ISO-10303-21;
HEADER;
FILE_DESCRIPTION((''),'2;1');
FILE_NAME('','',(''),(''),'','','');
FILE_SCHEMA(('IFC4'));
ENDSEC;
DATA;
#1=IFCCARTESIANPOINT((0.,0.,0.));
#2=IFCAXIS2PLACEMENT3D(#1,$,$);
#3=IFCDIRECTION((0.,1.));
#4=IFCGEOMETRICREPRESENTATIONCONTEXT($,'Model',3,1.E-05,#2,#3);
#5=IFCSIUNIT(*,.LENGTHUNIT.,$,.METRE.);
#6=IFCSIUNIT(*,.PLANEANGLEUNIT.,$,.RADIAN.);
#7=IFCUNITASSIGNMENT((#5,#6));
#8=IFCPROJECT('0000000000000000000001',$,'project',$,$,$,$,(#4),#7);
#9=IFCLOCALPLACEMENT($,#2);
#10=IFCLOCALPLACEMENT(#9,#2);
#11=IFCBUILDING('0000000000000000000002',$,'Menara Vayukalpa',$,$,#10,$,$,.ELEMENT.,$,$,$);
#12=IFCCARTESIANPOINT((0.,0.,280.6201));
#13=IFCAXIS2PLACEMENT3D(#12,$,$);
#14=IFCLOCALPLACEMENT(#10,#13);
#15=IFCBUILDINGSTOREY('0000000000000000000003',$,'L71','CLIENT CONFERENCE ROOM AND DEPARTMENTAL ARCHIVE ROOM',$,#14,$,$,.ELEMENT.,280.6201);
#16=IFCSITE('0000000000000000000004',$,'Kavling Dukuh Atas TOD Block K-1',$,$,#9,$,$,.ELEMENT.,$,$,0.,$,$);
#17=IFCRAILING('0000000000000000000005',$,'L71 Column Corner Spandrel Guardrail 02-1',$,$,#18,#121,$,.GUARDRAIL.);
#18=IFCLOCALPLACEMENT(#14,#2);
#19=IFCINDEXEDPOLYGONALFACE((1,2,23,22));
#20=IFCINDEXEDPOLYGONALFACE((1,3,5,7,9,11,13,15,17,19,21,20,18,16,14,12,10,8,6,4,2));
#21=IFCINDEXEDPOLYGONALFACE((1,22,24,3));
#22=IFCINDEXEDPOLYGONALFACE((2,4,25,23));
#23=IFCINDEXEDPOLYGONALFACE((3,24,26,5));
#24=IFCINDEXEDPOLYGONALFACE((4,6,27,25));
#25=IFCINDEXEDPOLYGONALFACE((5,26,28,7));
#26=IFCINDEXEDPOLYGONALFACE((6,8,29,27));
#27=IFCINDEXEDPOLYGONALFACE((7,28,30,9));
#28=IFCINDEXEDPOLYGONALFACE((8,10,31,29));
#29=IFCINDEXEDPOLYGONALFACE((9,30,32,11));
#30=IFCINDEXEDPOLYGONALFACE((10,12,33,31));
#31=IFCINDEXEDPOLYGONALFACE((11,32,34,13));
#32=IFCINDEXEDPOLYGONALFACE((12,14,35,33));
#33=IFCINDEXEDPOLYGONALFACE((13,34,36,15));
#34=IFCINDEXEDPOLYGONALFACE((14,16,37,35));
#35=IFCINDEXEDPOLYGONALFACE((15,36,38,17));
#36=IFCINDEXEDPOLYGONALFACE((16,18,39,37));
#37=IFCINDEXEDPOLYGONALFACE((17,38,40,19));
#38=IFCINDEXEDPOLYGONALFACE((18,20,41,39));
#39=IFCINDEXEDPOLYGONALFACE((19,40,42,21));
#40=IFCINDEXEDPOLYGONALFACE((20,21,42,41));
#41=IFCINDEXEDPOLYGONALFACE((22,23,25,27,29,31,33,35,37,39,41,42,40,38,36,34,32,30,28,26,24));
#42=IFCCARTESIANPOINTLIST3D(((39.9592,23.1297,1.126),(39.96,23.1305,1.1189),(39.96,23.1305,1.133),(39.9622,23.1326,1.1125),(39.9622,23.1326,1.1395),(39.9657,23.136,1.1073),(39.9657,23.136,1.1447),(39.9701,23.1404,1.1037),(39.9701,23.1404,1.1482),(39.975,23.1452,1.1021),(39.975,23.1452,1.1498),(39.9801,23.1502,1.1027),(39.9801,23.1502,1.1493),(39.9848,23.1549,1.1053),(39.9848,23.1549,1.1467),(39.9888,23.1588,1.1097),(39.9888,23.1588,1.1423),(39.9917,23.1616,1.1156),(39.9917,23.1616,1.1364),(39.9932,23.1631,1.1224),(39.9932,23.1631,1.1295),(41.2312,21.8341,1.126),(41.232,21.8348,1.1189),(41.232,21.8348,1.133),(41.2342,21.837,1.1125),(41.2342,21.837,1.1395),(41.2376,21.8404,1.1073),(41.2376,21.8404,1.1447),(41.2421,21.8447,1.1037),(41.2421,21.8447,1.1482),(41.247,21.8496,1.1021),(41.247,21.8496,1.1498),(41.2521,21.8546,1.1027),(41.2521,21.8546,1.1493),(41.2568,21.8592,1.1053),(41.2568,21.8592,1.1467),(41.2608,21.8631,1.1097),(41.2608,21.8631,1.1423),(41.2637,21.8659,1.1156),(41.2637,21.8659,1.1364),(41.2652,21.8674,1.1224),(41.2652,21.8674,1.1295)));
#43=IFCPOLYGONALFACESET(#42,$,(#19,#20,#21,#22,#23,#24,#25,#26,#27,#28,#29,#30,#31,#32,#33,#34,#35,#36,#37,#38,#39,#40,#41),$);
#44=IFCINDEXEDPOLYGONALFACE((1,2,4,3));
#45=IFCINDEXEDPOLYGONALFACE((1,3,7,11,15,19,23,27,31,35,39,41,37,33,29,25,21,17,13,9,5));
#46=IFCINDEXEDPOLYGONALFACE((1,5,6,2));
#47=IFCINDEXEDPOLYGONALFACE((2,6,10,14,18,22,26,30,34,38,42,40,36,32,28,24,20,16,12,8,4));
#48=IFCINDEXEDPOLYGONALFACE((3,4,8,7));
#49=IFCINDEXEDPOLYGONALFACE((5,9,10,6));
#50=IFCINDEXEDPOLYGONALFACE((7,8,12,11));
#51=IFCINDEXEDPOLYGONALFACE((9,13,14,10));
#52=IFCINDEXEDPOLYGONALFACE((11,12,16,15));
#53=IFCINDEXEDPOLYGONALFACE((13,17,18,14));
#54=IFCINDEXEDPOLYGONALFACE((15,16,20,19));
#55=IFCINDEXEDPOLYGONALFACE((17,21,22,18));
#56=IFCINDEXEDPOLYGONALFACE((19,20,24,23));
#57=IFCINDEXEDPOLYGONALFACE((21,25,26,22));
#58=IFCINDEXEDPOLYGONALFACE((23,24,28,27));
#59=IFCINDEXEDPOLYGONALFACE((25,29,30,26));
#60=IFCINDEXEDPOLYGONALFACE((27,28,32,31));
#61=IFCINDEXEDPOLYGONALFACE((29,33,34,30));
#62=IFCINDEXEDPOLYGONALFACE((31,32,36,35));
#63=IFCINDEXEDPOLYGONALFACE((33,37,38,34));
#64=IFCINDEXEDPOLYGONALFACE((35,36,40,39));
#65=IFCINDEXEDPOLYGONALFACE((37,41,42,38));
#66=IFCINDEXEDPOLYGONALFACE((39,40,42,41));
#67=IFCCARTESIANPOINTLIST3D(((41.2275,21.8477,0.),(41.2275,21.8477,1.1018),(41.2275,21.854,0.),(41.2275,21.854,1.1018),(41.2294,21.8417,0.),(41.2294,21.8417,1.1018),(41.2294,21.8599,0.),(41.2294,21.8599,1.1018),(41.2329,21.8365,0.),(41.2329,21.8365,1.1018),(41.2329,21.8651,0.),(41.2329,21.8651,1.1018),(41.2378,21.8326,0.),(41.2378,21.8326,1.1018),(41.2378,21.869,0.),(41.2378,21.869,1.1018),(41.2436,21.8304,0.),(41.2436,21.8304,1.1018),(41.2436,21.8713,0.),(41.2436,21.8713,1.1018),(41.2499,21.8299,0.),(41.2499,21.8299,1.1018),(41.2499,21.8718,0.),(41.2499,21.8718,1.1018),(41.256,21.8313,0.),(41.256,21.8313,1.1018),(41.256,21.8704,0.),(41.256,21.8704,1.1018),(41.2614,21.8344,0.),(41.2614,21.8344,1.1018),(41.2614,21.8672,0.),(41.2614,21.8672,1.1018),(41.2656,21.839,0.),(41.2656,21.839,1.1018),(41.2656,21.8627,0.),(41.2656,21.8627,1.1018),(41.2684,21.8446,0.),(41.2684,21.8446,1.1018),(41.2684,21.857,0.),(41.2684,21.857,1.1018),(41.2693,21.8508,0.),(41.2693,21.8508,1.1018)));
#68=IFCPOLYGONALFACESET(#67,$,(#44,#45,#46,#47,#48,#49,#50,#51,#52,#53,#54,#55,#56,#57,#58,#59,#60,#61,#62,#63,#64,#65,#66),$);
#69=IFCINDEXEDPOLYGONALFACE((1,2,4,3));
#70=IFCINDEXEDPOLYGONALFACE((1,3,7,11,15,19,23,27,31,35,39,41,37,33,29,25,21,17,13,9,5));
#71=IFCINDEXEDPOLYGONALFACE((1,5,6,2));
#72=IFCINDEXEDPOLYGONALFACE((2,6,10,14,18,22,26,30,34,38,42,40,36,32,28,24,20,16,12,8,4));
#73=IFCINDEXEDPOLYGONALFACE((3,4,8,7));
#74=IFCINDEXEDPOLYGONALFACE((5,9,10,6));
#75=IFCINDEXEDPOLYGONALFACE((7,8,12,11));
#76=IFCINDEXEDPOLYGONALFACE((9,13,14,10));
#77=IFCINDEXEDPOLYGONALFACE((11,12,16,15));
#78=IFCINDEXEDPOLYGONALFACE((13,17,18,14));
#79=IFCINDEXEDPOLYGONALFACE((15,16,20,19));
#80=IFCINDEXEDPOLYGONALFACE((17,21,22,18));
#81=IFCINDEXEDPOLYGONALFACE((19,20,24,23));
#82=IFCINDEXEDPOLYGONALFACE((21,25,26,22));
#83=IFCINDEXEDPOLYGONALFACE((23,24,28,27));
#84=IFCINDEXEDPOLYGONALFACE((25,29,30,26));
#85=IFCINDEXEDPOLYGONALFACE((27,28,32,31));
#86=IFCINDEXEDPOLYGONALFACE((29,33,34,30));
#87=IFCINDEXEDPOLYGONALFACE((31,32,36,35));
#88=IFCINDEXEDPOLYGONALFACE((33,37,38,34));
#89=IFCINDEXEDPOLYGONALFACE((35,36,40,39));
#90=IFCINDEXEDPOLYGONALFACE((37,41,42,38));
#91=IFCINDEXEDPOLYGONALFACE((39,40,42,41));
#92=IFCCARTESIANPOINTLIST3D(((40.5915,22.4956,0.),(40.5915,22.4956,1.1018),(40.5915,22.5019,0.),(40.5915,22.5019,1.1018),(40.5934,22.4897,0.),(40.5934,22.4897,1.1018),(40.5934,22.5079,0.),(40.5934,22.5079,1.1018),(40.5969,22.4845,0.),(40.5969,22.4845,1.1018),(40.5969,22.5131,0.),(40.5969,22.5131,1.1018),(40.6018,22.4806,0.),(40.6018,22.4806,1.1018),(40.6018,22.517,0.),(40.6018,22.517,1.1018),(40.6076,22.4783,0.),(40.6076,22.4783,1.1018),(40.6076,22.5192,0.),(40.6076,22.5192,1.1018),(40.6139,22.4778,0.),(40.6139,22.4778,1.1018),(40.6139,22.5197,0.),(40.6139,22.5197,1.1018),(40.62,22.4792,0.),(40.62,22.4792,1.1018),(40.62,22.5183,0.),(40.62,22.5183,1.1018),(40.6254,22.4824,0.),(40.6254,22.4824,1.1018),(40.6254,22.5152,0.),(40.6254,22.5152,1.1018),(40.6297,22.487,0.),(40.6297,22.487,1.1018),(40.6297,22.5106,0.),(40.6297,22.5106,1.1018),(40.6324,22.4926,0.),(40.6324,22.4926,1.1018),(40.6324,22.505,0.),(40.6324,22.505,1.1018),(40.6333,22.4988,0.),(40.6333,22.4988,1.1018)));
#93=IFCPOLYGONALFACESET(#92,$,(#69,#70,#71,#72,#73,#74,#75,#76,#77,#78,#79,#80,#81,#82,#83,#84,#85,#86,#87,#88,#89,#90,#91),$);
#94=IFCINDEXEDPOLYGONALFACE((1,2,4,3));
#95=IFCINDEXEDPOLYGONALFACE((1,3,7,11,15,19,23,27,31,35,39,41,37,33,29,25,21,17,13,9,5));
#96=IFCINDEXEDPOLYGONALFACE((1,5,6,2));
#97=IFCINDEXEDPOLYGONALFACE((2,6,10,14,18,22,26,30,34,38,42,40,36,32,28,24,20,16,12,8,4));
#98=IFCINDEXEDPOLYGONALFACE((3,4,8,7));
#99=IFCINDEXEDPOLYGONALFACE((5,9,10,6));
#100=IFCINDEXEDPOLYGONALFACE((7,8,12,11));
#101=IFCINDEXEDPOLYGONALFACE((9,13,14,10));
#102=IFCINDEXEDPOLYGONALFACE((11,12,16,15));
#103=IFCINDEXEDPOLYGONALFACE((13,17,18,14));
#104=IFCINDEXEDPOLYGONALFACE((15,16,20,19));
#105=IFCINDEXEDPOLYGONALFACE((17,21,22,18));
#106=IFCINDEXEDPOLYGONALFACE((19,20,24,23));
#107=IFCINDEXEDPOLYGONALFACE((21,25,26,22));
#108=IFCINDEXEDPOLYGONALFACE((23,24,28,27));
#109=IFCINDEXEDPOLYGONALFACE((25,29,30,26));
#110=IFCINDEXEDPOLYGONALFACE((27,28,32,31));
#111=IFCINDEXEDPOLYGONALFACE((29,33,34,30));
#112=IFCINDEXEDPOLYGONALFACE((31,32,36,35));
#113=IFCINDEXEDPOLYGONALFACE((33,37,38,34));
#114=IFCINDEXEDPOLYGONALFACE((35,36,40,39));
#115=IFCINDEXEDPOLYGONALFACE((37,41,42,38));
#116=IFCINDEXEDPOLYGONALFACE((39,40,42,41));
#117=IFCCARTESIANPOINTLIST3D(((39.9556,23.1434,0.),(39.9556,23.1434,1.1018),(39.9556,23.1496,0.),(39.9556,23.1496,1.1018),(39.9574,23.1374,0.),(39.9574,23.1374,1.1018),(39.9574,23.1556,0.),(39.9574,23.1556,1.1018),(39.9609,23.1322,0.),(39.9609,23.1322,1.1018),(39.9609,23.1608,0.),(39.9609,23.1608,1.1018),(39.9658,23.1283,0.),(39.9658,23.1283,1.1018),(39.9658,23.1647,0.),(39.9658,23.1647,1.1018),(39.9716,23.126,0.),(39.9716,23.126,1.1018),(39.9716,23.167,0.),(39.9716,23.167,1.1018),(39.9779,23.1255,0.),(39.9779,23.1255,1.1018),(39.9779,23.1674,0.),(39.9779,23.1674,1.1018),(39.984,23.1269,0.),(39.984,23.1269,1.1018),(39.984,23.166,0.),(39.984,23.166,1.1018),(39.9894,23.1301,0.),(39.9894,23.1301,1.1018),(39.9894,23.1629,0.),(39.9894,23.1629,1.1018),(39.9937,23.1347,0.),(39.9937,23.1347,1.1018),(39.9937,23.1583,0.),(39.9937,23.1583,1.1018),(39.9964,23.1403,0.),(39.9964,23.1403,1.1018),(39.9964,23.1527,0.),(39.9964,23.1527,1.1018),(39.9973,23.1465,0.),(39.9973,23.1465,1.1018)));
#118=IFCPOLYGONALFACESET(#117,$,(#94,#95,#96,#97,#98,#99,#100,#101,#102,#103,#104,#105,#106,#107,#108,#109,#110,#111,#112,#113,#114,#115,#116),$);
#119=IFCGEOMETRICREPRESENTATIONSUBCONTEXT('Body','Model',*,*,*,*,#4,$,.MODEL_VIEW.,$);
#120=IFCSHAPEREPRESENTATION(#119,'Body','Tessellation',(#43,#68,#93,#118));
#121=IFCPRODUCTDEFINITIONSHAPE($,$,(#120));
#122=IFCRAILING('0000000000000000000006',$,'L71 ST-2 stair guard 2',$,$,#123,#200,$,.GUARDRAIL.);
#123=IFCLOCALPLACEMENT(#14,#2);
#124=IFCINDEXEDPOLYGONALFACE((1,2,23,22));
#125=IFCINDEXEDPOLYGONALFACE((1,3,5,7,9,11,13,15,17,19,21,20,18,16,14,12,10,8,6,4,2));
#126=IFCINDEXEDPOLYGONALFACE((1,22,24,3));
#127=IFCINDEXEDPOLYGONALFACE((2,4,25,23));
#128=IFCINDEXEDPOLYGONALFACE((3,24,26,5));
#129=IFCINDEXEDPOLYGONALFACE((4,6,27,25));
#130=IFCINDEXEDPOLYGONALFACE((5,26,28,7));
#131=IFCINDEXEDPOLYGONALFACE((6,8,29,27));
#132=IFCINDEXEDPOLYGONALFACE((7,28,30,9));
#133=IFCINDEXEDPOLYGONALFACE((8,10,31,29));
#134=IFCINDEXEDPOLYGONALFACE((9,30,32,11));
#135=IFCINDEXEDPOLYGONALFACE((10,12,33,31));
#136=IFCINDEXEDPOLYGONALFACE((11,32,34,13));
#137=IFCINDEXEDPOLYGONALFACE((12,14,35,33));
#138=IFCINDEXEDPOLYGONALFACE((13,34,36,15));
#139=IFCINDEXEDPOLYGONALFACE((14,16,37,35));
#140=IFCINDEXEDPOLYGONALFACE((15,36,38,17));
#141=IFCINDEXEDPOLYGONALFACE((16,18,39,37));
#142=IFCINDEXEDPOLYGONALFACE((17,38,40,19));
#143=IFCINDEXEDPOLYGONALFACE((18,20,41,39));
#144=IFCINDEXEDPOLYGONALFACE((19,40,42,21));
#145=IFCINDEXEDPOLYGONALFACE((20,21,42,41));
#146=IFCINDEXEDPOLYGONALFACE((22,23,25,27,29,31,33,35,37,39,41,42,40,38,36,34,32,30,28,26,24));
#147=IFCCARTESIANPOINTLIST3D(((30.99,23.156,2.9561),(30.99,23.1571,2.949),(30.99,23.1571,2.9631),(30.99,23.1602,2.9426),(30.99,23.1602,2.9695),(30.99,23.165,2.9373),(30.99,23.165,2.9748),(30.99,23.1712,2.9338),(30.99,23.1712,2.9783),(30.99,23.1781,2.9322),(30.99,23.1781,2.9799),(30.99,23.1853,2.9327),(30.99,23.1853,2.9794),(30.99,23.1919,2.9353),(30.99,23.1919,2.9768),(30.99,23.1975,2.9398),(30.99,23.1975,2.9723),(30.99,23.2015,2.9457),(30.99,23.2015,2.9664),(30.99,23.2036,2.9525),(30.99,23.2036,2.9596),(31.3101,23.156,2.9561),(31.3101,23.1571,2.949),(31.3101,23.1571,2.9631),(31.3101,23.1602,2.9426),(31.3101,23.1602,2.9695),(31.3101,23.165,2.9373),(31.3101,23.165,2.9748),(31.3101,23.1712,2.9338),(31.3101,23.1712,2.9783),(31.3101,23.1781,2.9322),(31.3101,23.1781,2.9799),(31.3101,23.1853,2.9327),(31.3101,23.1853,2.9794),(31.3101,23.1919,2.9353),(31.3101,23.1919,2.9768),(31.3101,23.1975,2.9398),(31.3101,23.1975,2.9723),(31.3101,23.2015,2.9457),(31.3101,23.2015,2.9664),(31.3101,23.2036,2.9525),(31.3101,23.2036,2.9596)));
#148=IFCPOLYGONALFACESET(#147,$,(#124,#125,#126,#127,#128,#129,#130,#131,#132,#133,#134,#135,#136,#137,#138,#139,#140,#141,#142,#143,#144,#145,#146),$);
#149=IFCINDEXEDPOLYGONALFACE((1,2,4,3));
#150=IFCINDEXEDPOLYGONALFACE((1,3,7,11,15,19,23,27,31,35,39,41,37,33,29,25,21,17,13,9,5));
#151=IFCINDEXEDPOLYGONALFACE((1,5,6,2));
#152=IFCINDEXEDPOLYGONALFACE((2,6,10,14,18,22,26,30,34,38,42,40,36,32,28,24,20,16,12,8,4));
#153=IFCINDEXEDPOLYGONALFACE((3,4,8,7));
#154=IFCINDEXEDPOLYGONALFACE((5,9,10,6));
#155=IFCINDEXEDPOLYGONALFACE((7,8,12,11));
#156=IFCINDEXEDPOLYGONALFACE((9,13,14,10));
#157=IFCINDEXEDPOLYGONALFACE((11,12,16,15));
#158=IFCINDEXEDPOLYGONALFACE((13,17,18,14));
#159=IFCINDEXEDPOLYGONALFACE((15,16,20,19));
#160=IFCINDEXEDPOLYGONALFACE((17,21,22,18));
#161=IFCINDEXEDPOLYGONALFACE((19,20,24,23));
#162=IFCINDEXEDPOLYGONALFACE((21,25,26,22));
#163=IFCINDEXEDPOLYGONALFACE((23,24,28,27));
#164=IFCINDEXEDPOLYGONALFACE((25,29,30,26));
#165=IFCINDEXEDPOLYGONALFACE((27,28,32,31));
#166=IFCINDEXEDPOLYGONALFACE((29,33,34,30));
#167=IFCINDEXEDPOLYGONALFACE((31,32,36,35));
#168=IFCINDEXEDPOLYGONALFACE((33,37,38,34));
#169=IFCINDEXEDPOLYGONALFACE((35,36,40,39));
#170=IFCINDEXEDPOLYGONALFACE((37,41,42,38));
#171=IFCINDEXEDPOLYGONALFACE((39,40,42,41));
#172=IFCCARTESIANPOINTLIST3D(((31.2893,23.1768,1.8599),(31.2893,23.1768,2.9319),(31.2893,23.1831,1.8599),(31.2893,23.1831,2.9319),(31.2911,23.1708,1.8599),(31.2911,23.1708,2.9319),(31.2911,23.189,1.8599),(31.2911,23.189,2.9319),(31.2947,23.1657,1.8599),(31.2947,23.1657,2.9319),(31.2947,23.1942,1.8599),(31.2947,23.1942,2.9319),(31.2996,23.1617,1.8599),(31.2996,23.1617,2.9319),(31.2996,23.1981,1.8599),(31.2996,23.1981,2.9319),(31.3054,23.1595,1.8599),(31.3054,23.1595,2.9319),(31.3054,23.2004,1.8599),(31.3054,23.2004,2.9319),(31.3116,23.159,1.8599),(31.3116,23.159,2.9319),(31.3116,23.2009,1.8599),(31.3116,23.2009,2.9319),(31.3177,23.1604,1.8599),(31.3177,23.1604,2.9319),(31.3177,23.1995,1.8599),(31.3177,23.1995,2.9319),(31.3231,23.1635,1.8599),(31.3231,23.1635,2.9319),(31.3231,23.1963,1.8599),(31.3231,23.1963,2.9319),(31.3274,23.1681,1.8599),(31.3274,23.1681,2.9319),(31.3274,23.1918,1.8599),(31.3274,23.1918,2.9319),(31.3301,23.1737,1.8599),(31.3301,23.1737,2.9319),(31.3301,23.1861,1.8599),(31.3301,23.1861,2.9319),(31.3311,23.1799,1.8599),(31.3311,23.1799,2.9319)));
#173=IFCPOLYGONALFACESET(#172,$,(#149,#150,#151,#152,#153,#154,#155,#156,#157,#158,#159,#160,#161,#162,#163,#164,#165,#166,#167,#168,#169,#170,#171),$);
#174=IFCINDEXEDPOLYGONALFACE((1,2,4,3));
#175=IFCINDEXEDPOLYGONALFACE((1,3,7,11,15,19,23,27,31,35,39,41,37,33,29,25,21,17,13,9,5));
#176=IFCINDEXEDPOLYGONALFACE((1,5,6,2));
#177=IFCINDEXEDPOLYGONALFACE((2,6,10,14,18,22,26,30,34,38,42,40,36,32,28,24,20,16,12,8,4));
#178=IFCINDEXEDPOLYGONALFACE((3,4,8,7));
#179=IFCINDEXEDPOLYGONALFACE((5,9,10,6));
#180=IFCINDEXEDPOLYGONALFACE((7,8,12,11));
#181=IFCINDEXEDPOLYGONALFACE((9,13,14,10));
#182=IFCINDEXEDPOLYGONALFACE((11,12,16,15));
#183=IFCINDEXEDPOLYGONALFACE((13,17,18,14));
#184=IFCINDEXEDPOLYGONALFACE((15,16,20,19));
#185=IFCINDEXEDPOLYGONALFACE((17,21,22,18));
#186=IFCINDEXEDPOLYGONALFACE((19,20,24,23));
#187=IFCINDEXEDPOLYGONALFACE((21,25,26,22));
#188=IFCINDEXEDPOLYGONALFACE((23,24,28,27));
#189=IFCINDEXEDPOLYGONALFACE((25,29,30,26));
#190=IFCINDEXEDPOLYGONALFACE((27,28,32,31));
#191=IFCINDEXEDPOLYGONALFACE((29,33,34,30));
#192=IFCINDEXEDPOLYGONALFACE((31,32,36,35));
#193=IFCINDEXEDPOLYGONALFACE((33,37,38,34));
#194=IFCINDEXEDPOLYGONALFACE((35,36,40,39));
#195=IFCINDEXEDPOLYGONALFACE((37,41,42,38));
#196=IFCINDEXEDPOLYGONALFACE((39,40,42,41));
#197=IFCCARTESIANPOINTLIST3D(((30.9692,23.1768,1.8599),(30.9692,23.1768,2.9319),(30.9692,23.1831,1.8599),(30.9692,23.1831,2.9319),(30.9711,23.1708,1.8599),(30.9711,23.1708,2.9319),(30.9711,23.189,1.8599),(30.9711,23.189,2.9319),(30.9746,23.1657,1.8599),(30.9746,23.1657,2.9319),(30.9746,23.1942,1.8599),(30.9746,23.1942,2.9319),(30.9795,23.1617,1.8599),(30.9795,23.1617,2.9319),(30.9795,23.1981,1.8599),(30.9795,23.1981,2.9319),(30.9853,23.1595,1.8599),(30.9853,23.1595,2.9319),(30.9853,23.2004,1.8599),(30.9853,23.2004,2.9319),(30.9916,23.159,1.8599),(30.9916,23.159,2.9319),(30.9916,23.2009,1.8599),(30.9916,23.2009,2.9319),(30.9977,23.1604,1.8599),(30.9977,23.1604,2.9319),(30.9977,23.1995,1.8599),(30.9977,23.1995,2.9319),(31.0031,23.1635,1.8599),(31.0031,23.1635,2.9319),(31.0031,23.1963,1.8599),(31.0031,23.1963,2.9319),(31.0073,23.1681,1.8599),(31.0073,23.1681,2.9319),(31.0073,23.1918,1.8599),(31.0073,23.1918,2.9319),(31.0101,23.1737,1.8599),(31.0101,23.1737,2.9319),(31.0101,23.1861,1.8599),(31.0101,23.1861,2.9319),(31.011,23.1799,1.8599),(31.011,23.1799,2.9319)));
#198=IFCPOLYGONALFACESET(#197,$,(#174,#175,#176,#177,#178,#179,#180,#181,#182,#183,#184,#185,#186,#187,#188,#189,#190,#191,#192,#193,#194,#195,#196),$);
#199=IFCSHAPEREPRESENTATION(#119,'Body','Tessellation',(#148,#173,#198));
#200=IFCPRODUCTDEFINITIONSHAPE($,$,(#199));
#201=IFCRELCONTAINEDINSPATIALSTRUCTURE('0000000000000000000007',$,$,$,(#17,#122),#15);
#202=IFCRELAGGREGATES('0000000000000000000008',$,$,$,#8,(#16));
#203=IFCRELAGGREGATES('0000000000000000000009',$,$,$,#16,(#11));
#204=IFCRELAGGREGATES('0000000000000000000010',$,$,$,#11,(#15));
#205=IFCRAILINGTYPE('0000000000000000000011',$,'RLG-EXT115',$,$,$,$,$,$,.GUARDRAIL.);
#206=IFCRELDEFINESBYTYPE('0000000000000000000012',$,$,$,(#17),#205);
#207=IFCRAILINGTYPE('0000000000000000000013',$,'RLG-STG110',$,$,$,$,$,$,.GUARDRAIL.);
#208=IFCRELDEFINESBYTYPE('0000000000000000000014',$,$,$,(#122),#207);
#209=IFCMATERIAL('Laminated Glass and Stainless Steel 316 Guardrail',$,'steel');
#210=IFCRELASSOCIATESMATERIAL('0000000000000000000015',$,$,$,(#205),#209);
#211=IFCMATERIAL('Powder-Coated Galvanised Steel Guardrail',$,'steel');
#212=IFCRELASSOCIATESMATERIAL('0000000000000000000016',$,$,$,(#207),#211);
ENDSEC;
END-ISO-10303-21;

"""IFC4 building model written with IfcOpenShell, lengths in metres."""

from ifc_helpers import new_model, si_unit, direction, frame, origin, origin_2d, place, context, subcontext, project, spatial, circle, extrude, material, type_object, element, save


model = new_model("IFC4")

# Units and contexts
model_context = context("Model", 3, precision=1e-05, world=origin(), true_north=direction((0.0, 1.0)))
body_context = subcontext(model_context, "Body", "Model", "MODEL_VIEW")
ifc_project = project(units=[si_unit("LENGTHUNIT", "METRE"), si_unit("PLANEANGLEUNIT", "RADIAN")], contexts=[model_context])

# Site, building, storey
site_placement = place(None, origin())
site = spatial("IfcSite", under=ifc_project, at=site_placement, Name="Kavling Dukuh Atas TOD Block K-1", CompositionType="ELEMENT", RefElevation=0.0)
building_placement = place(site_placement, origin())
building = spatial("IfcBuilding", under=site, at=building_placement, Name="Menara Vayukalpa", CompositionType="ELEMENT")
storey_placement = place(building_placement, frame((0.0, 0.0, 280.6201)))
storey = spatial("IfcBuildingStorey", under=building, at=storey_placement, Name="L71", Description="CLIENT CONFERENCE ROOM AND DEPARTMENTAL ARCHIVE ROOM", CompositionType="ELEMENT", Elevation=280.6201)

# Railings
ifc_material_1 = material(Name="Laminated Glass and Stainless Steel 316 Guardrail", Category="steel")
railing_type_1 = type_object("IfcRailingType", Name="RLG-EXT115", PredefinedType="GUARDRAIL", material=ifc_material_1)
railing_1_placement = place(storey_placement, frame((41.2483, 21.8508, 0.0)))
element("IfcRailing", 1, at=railing_1_placement, inside=storey, type_object=railing_type_1, Name="L71 Column Corner Spandrel Guardrail 02-1", PredefinedType="GUARDRAIL", context=body_context, shape_type="SweptSolid", body=[
    extrude(circle(Radius=0.0239, at=origin_2d()), frame((0.0, 0.0, 1.126), z_axis=(-0.700555, 0.713598, 0.0), x_axis=(-0.713598, -0.700555, 0.0)), (0.0, 0.0, 1.0), 1.8157),
    extrude(circle(Radius=0.021, at=origin_2d()), origin(), (0.0, 0.0, 1.0), 1.1018),
    extrude(circle(Radius=0.021, at=origin_2d()), frame((-0.636, 0.6479, 0.0)), (0.0, 0.0, 1.0), 1.1018),
    extrude(circle(Radius=0.021, at=origin_2d()), frame((-1.272, 1.2957, 0.0)), (0.0, 0.0, 1.0), 1.1018),
])
ifc_material_2 = material(Name="Powder-Coated Galvanised Steel Guardrail", Category="steel")
railing_type_2 = type_object("IfcRailingType", Name="RLG-STG110", PredefinedType="GUARDRAIL", material=ifc_material_2)
railing_2_placement = place(storey_placement, frame((31.3101, 23.1799, 1.8599)))
element("IfcRailing", 2, at=railing_2_placement, inside=storey, type_object=railing_type_2, Name="L71 ST-2 stair guard 2", PredefinedType="GUARDRAIL", context=body_context, shape_type="SweptSolid", body=[
    extrude(circle(Radius=0.0239, at=origin_2d()), frame((0.0, 0.0, 1.0962), z_axis=(-1.0, 0.0, 0.0), x_axis=(0.0, -1.0, 0.0)), (0.0, 0.0, 1.0), 0.3201),
    extrude(circle(Radius=0.021, at=origin_2d()), origin(), (0.0, 0.0, 1.0), 1.072),
    extrude(circle(Radius=0.021, at=origin_2d()), frame((-0.3201, 0.0, 0.0)), (0.0, 0.0, 1.0), 1.072),
])

save(model, "model.ifc")
